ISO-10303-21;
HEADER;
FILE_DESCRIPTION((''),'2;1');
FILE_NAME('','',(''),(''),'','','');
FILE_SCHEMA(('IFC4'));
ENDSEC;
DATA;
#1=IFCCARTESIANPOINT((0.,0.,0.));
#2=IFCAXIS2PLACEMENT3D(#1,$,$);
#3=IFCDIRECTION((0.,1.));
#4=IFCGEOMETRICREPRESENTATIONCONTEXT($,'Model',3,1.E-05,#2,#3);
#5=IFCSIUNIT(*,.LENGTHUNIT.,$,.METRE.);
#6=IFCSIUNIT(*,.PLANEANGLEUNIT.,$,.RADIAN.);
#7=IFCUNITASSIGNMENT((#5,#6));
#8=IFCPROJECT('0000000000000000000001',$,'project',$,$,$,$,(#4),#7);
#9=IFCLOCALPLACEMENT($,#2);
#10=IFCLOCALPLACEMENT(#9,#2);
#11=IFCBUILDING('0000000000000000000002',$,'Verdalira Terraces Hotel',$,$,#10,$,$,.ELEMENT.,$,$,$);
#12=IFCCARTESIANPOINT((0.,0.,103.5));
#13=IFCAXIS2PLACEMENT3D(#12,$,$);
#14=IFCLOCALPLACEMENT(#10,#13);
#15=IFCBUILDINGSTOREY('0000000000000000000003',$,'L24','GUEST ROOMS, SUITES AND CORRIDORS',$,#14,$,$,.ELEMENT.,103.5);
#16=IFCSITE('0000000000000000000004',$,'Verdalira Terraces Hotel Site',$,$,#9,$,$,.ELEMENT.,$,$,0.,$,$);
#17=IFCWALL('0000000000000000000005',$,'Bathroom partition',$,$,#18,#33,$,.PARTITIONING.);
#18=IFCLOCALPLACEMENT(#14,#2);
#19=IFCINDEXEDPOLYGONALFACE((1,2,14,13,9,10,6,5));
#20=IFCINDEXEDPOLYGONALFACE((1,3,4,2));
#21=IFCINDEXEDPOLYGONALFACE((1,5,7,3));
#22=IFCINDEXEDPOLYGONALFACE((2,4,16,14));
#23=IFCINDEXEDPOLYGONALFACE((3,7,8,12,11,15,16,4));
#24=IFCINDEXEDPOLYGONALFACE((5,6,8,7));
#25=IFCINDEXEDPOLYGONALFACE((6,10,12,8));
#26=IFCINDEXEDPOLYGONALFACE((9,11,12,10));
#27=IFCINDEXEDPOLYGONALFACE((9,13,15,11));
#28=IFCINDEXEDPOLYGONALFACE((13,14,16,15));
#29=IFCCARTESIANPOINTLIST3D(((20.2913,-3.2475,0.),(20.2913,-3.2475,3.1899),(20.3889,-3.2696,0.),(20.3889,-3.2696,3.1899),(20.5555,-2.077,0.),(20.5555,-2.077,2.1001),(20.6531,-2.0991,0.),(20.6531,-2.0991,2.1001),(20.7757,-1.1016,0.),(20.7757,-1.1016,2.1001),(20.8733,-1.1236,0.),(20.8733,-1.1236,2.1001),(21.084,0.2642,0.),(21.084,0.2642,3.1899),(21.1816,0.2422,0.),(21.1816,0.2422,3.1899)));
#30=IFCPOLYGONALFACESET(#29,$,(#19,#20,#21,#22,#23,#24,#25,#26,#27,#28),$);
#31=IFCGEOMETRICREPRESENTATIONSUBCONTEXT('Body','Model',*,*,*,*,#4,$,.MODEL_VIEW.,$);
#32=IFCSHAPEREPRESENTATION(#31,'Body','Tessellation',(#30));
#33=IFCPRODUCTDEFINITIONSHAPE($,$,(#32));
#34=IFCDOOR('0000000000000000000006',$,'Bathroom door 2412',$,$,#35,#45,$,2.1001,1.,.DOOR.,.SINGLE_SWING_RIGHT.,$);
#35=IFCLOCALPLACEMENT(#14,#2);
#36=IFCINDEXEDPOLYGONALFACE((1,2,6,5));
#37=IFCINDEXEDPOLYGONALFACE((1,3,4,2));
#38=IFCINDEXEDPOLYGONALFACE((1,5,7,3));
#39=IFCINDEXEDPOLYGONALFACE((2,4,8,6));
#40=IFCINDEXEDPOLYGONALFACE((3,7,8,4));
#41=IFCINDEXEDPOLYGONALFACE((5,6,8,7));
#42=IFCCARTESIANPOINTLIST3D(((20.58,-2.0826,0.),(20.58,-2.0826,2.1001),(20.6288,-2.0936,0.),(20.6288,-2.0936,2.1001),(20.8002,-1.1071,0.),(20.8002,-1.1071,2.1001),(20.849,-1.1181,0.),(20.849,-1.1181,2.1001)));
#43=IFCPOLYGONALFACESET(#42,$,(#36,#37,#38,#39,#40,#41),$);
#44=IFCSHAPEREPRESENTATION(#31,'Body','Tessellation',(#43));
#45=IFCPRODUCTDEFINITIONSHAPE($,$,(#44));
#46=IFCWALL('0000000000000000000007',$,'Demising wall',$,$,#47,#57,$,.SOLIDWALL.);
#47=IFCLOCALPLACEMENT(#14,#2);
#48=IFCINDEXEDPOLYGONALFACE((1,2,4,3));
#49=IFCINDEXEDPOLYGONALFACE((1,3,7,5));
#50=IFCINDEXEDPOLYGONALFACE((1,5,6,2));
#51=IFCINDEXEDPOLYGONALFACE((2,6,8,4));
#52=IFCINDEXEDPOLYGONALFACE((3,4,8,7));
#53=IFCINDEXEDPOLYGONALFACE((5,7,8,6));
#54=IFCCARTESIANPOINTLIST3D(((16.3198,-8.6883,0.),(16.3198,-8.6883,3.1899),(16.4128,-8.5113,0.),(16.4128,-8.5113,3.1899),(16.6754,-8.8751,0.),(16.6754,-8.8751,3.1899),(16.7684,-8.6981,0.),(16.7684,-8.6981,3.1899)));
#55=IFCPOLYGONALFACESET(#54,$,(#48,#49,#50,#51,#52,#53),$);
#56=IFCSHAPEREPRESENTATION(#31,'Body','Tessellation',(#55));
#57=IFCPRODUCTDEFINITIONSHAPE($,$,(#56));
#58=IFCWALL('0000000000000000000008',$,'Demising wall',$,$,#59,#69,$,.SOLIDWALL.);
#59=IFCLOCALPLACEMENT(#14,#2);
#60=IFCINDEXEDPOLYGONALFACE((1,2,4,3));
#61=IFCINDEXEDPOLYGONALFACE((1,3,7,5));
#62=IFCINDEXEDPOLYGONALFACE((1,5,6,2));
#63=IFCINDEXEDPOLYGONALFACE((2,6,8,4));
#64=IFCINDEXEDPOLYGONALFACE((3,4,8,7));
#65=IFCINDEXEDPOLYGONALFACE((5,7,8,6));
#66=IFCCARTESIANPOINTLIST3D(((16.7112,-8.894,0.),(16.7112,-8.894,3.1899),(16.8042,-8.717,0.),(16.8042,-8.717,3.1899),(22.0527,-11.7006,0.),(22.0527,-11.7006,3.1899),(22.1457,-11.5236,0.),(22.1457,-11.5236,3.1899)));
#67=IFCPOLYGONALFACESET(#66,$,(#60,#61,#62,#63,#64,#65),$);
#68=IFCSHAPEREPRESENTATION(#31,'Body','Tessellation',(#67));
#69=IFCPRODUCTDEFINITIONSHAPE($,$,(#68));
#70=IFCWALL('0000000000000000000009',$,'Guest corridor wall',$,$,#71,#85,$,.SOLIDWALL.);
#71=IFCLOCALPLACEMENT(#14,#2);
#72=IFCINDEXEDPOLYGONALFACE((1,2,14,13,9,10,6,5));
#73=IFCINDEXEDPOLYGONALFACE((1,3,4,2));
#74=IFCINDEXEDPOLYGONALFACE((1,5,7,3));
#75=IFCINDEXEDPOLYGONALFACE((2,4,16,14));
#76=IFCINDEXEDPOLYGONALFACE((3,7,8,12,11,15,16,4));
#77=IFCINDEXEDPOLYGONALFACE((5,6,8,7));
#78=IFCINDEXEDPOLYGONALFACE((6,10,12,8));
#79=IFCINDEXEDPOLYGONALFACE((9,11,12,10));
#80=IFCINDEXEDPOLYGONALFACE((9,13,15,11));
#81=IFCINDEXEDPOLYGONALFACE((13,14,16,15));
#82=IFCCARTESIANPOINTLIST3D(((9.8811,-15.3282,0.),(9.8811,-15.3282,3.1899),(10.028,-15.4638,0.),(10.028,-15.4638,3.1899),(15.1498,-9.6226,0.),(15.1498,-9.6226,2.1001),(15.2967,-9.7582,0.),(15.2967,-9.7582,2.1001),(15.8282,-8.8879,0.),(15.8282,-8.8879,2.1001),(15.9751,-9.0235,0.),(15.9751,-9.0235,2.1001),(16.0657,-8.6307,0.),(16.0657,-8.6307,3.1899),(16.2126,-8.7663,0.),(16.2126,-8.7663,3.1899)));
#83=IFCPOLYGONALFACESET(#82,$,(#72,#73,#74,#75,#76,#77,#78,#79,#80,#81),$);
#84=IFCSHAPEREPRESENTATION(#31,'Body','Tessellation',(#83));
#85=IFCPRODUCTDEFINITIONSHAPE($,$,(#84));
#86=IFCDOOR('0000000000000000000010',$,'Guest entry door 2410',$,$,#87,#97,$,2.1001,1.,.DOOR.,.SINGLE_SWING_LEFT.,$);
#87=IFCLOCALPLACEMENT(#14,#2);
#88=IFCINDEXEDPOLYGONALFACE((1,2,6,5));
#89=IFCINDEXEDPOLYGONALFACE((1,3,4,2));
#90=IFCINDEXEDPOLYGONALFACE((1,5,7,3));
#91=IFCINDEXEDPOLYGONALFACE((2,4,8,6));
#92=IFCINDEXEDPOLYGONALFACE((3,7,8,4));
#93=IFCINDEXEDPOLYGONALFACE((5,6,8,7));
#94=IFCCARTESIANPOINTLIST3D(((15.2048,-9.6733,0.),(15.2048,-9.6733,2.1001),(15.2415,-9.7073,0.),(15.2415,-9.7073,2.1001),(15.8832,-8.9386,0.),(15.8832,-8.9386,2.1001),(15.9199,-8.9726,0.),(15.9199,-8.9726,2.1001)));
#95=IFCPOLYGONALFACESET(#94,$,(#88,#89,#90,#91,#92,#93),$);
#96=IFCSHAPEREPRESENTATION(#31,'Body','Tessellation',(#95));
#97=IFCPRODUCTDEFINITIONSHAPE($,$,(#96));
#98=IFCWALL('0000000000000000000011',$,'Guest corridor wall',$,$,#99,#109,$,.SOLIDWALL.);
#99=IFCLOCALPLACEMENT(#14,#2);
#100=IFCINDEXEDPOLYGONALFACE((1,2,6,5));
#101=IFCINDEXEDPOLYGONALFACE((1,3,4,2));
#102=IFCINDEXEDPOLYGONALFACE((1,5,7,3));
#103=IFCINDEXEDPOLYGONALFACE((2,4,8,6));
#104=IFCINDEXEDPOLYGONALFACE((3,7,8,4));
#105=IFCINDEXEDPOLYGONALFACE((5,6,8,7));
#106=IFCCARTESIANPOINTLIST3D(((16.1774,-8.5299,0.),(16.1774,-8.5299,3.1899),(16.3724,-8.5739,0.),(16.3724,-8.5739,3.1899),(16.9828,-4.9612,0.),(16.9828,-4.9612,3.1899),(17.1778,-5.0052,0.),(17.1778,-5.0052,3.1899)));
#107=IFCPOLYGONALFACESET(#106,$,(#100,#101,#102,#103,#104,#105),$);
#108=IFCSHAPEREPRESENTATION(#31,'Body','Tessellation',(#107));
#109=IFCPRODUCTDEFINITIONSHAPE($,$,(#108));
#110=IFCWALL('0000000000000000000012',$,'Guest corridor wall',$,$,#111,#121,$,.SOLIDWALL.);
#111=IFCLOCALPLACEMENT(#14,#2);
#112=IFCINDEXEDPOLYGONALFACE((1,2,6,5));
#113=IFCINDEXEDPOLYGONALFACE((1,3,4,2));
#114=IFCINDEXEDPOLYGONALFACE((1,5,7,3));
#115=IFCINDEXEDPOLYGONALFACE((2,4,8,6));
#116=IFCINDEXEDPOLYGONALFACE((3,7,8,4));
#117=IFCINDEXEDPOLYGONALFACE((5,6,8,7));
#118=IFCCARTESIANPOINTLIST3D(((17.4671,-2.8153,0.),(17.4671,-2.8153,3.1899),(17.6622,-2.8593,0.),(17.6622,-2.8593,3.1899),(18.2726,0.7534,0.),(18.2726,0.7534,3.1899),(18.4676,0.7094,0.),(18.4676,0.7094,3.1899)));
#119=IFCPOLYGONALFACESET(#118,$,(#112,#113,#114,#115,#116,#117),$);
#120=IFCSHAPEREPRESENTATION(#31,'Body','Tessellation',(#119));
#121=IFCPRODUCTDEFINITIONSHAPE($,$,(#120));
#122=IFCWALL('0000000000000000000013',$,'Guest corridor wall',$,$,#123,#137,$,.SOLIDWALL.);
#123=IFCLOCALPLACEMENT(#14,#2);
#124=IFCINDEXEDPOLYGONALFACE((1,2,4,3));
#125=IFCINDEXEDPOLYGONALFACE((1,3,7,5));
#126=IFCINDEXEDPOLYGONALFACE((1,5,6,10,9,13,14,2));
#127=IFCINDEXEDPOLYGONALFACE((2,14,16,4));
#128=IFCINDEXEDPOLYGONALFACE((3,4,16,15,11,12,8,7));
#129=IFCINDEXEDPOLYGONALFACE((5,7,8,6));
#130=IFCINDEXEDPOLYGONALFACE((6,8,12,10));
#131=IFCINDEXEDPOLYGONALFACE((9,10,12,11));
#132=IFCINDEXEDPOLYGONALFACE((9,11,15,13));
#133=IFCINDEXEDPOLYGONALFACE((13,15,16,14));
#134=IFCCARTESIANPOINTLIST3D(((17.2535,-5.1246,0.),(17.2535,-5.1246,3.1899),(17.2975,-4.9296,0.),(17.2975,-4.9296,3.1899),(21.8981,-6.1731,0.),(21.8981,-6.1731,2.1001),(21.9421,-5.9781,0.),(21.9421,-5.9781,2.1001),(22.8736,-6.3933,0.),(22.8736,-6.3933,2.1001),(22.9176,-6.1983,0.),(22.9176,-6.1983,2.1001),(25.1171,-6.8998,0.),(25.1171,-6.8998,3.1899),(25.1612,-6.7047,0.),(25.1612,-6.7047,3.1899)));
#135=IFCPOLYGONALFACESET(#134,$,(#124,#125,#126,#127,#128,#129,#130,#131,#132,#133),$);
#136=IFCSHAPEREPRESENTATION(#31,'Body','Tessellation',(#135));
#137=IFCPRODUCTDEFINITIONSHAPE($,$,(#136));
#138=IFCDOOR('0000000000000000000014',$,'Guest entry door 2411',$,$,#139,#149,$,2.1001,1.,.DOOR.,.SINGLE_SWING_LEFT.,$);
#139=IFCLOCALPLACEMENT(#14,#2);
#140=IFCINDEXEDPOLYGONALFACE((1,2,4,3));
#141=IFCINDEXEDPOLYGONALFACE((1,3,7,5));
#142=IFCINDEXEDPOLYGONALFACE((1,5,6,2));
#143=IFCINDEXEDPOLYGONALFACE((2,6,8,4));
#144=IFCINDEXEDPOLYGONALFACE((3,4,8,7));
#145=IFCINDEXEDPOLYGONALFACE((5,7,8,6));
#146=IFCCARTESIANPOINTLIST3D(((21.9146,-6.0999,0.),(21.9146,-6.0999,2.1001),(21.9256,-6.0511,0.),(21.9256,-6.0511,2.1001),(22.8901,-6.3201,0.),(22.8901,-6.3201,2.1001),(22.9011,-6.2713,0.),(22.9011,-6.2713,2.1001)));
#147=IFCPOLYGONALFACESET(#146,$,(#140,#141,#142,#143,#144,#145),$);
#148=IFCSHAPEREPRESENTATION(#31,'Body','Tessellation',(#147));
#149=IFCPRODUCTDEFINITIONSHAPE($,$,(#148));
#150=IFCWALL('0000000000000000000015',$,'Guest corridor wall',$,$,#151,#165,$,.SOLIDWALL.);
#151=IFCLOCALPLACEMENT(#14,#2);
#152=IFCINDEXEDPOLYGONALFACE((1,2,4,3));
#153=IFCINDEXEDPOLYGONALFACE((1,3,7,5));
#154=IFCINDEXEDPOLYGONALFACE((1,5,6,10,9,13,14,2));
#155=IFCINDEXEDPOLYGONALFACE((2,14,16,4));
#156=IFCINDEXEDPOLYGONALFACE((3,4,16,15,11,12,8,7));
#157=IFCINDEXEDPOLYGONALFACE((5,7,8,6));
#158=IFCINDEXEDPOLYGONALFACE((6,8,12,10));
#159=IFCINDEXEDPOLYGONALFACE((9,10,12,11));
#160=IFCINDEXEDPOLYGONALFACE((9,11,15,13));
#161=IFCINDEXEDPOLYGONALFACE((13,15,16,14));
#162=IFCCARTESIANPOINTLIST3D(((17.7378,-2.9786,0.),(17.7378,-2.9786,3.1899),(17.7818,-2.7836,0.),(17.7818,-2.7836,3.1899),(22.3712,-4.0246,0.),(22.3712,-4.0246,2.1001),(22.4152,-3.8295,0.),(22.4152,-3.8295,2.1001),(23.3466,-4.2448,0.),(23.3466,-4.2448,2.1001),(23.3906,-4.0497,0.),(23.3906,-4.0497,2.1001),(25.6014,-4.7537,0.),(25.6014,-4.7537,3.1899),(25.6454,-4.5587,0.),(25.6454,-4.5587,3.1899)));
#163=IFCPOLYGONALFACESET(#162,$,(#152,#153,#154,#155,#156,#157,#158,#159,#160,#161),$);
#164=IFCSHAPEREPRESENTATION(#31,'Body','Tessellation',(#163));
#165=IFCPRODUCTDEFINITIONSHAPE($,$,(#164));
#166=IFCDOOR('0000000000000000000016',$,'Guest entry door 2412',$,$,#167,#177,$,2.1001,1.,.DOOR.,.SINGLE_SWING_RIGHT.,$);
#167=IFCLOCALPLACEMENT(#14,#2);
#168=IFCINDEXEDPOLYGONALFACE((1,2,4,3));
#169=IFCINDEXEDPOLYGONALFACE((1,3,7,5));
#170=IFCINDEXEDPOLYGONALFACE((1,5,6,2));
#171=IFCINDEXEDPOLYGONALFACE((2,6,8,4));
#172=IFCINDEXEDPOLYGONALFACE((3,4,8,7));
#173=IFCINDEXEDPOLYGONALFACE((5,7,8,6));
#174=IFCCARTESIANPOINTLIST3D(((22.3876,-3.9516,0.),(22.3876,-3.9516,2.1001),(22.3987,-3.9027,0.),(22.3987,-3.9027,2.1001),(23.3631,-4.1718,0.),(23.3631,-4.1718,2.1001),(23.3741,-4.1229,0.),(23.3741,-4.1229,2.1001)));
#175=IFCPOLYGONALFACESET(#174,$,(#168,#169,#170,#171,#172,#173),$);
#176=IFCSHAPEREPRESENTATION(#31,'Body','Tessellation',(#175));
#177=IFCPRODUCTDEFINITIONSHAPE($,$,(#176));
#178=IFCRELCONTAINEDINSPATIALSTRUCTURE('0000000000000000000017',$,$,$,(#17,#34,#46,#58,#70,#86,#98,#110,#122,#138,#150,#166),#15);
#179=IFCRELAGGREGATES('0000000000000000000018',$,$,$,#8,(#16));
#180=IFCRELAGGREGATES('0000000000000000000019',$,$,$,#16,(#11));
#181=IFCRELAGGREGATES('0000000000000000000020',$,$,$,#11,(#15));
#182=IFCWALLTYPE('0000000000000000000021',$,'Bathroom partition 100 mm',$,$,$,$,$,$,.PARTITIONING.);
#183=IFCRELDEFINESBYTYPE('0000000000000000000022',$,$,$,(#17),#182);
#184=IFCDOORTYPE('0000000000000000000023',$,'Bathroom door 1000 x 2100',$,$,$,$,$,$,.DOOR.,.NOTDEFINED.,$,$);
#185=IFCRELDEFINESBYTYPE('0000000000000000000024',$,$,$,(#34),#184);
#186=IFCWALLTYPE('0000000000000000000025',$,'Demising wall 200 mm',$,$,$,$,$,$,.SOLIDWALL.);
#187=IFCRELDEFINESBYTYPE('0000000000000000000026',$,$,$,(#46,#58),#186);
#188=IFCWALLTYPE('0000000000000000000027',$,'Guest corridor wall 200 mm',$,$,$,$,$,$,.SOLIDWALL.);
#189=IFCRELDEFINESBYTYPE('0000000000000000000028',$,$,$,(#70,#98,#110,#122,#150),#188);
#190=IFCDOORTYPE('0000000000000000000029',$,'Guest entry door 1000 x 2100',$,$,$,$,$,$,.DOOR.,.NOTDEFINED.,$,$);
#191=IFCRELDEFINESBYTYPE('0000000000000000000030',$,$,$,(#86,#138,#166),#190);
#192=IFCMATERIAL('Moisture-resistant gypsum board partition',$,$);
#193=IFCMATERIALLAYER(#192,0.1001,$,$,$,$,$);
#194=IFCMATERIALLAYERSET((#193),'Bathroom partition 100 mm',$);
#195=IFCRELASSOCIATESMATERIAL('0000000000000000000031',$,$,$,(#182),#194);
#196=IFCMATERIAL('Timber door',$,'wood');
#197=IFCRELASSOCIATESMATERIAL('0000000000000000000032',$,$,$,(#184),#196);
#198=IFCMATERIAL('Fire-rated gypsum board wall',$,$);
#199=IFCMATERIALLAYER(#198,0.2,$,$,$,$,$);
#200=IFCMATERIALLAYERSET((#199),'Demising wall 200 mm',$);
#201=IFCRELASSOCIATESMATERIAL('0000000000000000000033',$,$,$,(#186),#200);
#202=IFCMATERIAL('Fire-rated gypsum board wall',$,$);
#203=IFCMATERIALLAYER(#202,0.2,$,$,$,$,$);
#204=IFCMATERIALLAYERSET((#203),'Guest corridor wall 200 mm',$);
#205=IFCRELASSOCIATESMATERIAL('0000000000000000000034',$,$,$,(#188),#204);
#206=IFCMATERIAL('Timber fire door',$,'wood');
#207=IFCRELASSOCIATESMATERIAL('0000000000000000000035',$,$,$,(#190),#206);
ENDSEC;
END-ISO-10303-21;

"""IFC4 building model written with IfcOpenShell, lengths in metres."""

from ifc_helpers import new_model, si_unit, direction, frame, frame_2d, origin, place, context, subcontext, project, spatial, rectangle, extrude, material, layer, layer_set, type_object, element, fill, save


model = new_model("IFC4")

# Units and contexts
model_context = context("Model", 3, precision=1e-05, world=origin(), true_north=direction((0.0, 1.0)))
body_context = subcontext(model_context, "Body", "Model", "MODEL_VIEW")
ifc_project = project(units=[si_unit("LENGTHUNIT", "METRE"), si_unit("PLANEANGLEUNIT", "RADIAN")], contexts=[model_context])

# Site, building, storey
site_placement = place(None, origin())
site = spatial("IfcSite", under=ifc_project, at=site_placement, Name="Verdalira Terraces Hotel Site", CompositionType="ELEMENT", RefElevation=0.0)
building_placement = place(site_placement, origin())
building = spatial("IfcBuilding", under=site, at=building_placement, Name="Verdalira Terraces Hotel", CompositionType="ELEMENT")
storey_placement = place(building_placement, frame((0.0, 0.0, 103.5)))
storey = spatial("IfcBuildingStorey", under=building, at=storey_placement, Name="L24", Description="GUEST ROOMS, SUITES AND CORRIDORS", CompositionType="ELEMENT", Elevation=103.5)

# Shared definitions
ifc_material_1 = material(Name="Moisture-resistant gypsum board partition")
ifc_layer_1 = layer(ifc_material_1, 0.1001)
ifc_layer_set_1 = layer_set([ifc_layer_1], Name="Bathroom partition 100 mm")
wall_type_1 = type_object("IfcWallType", Name="Bathroom partition 100 mm", PredefinedType="PARTITIONING", material=ifc_layer_set_1)

# Wall, opening, door
ifc_material_2 = material(Name="Timber door", Category="wood")
door_type_1 = type_object("IfcDoorType", Name="Bathroom door 1000 x 2100", OperationType="NOTDEFINED", PredefinedType="DOOR", material=ifc_material_2)
wall_1_placement = place(storey_placement, frame((20.3401, -3.2585, 0.0), z_axis=(0.0, 0.0, 1.0), x_axis=(0.220196, 0.975456, 0.0)))
wall_1 = element("IfcWall", 1, at=wall_1_placement, inside=storey, type_object=wall_type_1, Name="Bathroom partition", PredefinedType="PARTITIONING", context=body_context, shape_type="SweptSolid", body=[
    extrude(rectangle(XDim=3.6001, YDim=0.1001, at=frame_2d((1.8, 0.0))), origin(), (0.0, 0.0, 1.0), 3.1899),
])
opening_1_placement = place(wall_1_placement, frame((1.2, 0.0, 0.0)))
opening_1 = element("IfcOpeningElement", 2, at=opening_1_placement, cuts=wall_1, PredefinedType="OPENING", context=body_context, shape_type="SweptSolid", body=[
    extrude(rectangle(XDim=1.0, YDim=2.1001, at=frame_2d((0.5, 1.05))), frame((0.0, 0.0601, 0.0), z_axis=(0.0, -1.0, 0.0), x_axis=(1.0, 0.0, 0.0)), (0.0, 0.0, 1.0), 0.1201),
])
door_1_placement = place(opening_1_placement, origin())
door_1 = element("IfcDoor", 3, at=door_1_placement, inside=storey, type_object=door_type_1, Name="Bathroom door 2412", OperationType="SINGLE_SWING_RIGHT", OverallHeight=2.1001, OverallWidth=1.0, PredefinedType="DOOR", context=body_context, shape_type="SweptSolid", body=[
    extrude(rectangle(XDim=1.0, YDim=2.1001, at=frame_2d((0.5, 1.05))), frame((0.0, 0.0249, 0.0), z_axis=(0.0, -1.0, 0.0), x_axis=(1.0, 0.0, 0.0)), (0.0, 0.0, 1.0), 0.05),
])
fill(opening_1, door_1)

# Walls
ifc_material_3 = material(Name="Fire-rated gypsum board wall")
ifc_layer_2 = layer(ifc_material_3, 0.2)
ifc_layer_set_2 = layer_set([ifc_layer_2], Name="Demising wall 200 mm")
wall_type_2 = type_object("IfcWallType", Name="Demising wall 200 mm", PredefinedType="SOLIDWALL", material=ifc_layer_set_2)
wall_2_placement = place(storey_placement, frame((16.3665, -8.5999, 0.0), z_axis=(0.0, 0.0, 1.0), x_axis=(0.885248, -0.46512, 0.0)))
element("IfcWall", 4, at=wall_2_placement, inside=storey, type_object=wall_type_2, Name="Demising wall", PredefinedType="SOLIDWALL", context=body_context, shape_type="SweptSolid", body=[
    extrude(rectangle(XDim=0.4016, YDim=0.2, at=frame_2d((0.2007, 0.0))), origin(), (0.0, 0.0, 1.0), 3.1899),
])
wall_3_placement = place(storey_placement, frame((16.7576, -8.8054, 0.0), z_axis=(0.0, 0.0, 1.0), x_axis=(0.885239, -0.465136, 0.0)))
element("IfcWall", 5, at=wall_3_placement, inside=storey, type_object=wall_type_2, Name="Demising wall", PredefinedType="SOLIDWALL", context=body_context, shape_type="SweptSolid", body=[
    extrude(rectangle(XDim=6.0339, YDim=0.2, at=frame_2d((3.0171, 0.0))), origin(), (0.0, 0.0, 1.0), 3.1899),
])

# Wall, opening, door
ifc_material_4 = material(Name="Fire-rated gypsum board wall")
ifc_layer_3 = layer(ifc_material_4, 0.2)
ifc_layer_set_3 = layer_set([ifc_layer_3], Name="Guest corridor wall 200 mm")
wall_type_3 = type_object("IfcWallType", Name="Guest corridor wall 200 mm", PredefinedType="SOLIDWALL", material=ifc_layer_set_3)
wall_4_placement = place(storey_placement, frame((16.1392, -8.6985, 0.0), z_axis=(0.0, 0.0, 1.0), x_axis=(-0.678414, -0.73468, 0.0)))
wall_4 = element("IfcWall", 6, at=wall_4_placement, inside=storey, type_object=wall_type_3, Name="Guest corridor wall", PredefinedType="SOLIDWALL", context=body_context, shape_type="SweptSolid", body=[
    extrude(rectangle(XDim=9.1162, YDim=0.2, at=frame_2d((4.5581, 0.0))), origin(), (0.0, 0.0, 1.0), 3.1899),
])
opening_2_placement = place(wall_4_placement, frame((0.3501, 0.0, 0.0)))
opening_2 = element("IfcOpeningElement", 7, at=opening_2_placement, cuts=wall_4, PredefinedType="OPENING", context=body_context, shape_type="SweptSolid", body=[
    extrude(rectangle(XDim=1.0, YDim=2.1001, at=frame_2d((0.5, 1.05))), frame((0.0, 0.1099, 0.0), z_axis=(0.0, -1.0, 0.0), x_axis=(1.0, 0.0, 0.0)), (0.0, 0.0, 1.0), 0.22),
])
ifc_material_5 = material(Name="Timber fire door", Category="wood")
door_type_2 = type_object("IfcDoorType", Name="Guest entry door 1000 x 2100", OperationType="NOTDEFINED", PredefinedType="DOOR", material=ifc_material_5)
door_2_placement = place(opening_2_placement, origin())
door_2 = element("IfcDoor", 8, at=door_2_placement, inside=storey, type_object=door_type_2, Name="Guest entry door 2410", OperationType="SINGLE_SWING_LEFT", OverallHeight=2.1001, OverallWidth=1.0, PredefinedType="DOOR", context=body_context, shape_type="SweptSolid", body=[
    extrude(rectangle(XDim=1.0, YDim=2.1001, at=frame_2d((0.5, 1.05))), frame((0.0, 0.0249, 0.0), z_axis=(0.0, -1.0, 0.0), x_axis=(1.0, 0.0, 0.0)), (0.0, 0.0, 1.0), 0.05),
])
fill(opening_2, door_2)

# Walls
for number, where, z_axis, x_axis, name in (
    (9, (16.2749, -8.5518, 0.0), (0.0, 0.0, 1.0), (0.220158, 0.975464, 0.0), "Guest corridor wall"),
    (10, (17.5647, -2.8372, 0.0), (0.0, 0.0, 1.0), (0.220158, 0.975464, 0.0), "Guest corridor wall"),
):
    element("IfcWall", number, at=place(storey_placement, frame(where, z_axis=z_axis, x_axis=x_axis)), inside=storey, type_object=wall_type_3, Name=name, PredefinedType="SOLIDWALL", context=body_context, shape_type="SweptSolid", body=[
        extrude(rectangle(XDim=3.6584, YDim=0.2, at=frame_2d((1.8291, 0.0))), origin(), (0.0, 0.0, 1.0), 3.1899),
    ])

# Walls, openings, doors
wall_5_placement = place(storey_placement, frame((25.1392, -6.8022, 0.0), z_axis=(0.0, 0.0, 1.0), x_axis=(-0.975455, 0.220197, 0.0)))
wall_5 = element("IfcWall", 11, at=wall_5_placement, inside=storey, type_object=wall_type_3, Name="Guest corridor wall", PredefinedType="SOLIDWALL", context=body_context, shape_type="SweptSolid", body=[
    extrude(rectangle(XDim=8.0615, YDim=0.2, at=frame_2d((4.0308, 0.0))), origin(), (0.0, 0.0, 1.0), 3.1899),
])
opening_3_placement = place(wall_5_placement, frame((2.3, 0.0, 0.0)))
opening_3 = element("IfcOpeningElement", 12, at=opening_3_placement, cuts=wall_5, PredefinedType="OPENING", context=body_context, shape_type="SweptSolid", body=[
    extrude(rectangle(XDim=1.0, YDim=2.1001, at=frame_2d((0.5, 1.05))), frame((0.0, 0.1099, 0.0), z_axis=(0.0, -1.0, 0.0), x_axis=(1.0, 0.0, 0.0)), (0.0, 0.0, 1.0), 0.22),
])
door_3_placement = place(opening_3_placement, origin())
door_3 = element("IfcDoor", 13, at=door_3_placement, inside=storey, type_object=door_type_2, Name="Guest entry door 2411", OperationType="SINGLE_SWING_LEFT", OverallHeight=2.1001, OverallWidth=1.0, PredefinedType="DOOR", context=body_context, shape_type="SweptSolid", body=[
    extrude(rectangle(XDim=1.0, YDim=2.1001, at=frame_2d((0.5, 1.05))), frame((0.0, 0.0249, 0.0), z_axis=(0.0, -1.0, 0.0), x_axis=(1.0, 0.0, 0.0)), (0.0, 0.0, 1.0), 0.05),
])
fill(opening_3, door_3)
wall_6_placement = place(storey_placement, frame((17.7598, -2.8811, 0.0), z_axis=(0.0, 0.0, 1.0), x_axis=(0.975455, -0.220197, 0.0)))
wall_6 = element("IfcWall", 14, at=wall_6_placement, inside=storey, type_object=wall_type_3, Name="Guest corridor wall", PredefinedType="SOLIDWALL", context=body_context, shape_type="SweptSolid", body=[
    extrude(rectangle(XDim=8.0615, YDim=0.2, at=frame_2d((4.0308, 0.0))), origin(), (0.0, 0.0, 1.0), 3.1899),
])
opening_4_placement = place(wall_6_placement, frame((4.75, 0.0, 0.0)))
opening_4 = element("IfcOpeningElement", 15, at=opening_4_placement, cuts=wall_6, PredefinedType="OPENING", context=body_context, shape_type="SweptSolid", body=[
    extrude(rectangle(XDim=1.0, YDim=2.1001, at=frame_2d((0.5, 1.05))), frame((0.0, 0.1099, 0.0), z_axis=(0.0, -1.0, 0.0), x_axis=(1.0, 0.0, 0.0)), (0.0, 0.0, 1.0), 0.22),
])
door_4_placement = place(opening_4_placement, origin())
door_4 = element("IfcDoor", 16, at=door_4_placement, inside=storey, type_object=door_type_2, Name="Guest entry door 2412", OperationType="SINGLE_SWING_RIGHT", OverallHeight=2.1001, OverallWidth=1.0, PredefinedType="DOOR", context=body_context, shape_type="SweptSolid", body=[
    extrude(rectangle(XDim=1.0, YDim=2.1001, at=frame_2d((0.5, 1.05))), frame((0.0, 0.0249, 0.0), z_axis=(0.0, -1.0, 0.0), x_axis=(1.0, 0.0, 0.0)), (0.0, 0.0, 1.0), 0.05),
])
fill(opening_4, door_4)

save(model, "model.ifc")
